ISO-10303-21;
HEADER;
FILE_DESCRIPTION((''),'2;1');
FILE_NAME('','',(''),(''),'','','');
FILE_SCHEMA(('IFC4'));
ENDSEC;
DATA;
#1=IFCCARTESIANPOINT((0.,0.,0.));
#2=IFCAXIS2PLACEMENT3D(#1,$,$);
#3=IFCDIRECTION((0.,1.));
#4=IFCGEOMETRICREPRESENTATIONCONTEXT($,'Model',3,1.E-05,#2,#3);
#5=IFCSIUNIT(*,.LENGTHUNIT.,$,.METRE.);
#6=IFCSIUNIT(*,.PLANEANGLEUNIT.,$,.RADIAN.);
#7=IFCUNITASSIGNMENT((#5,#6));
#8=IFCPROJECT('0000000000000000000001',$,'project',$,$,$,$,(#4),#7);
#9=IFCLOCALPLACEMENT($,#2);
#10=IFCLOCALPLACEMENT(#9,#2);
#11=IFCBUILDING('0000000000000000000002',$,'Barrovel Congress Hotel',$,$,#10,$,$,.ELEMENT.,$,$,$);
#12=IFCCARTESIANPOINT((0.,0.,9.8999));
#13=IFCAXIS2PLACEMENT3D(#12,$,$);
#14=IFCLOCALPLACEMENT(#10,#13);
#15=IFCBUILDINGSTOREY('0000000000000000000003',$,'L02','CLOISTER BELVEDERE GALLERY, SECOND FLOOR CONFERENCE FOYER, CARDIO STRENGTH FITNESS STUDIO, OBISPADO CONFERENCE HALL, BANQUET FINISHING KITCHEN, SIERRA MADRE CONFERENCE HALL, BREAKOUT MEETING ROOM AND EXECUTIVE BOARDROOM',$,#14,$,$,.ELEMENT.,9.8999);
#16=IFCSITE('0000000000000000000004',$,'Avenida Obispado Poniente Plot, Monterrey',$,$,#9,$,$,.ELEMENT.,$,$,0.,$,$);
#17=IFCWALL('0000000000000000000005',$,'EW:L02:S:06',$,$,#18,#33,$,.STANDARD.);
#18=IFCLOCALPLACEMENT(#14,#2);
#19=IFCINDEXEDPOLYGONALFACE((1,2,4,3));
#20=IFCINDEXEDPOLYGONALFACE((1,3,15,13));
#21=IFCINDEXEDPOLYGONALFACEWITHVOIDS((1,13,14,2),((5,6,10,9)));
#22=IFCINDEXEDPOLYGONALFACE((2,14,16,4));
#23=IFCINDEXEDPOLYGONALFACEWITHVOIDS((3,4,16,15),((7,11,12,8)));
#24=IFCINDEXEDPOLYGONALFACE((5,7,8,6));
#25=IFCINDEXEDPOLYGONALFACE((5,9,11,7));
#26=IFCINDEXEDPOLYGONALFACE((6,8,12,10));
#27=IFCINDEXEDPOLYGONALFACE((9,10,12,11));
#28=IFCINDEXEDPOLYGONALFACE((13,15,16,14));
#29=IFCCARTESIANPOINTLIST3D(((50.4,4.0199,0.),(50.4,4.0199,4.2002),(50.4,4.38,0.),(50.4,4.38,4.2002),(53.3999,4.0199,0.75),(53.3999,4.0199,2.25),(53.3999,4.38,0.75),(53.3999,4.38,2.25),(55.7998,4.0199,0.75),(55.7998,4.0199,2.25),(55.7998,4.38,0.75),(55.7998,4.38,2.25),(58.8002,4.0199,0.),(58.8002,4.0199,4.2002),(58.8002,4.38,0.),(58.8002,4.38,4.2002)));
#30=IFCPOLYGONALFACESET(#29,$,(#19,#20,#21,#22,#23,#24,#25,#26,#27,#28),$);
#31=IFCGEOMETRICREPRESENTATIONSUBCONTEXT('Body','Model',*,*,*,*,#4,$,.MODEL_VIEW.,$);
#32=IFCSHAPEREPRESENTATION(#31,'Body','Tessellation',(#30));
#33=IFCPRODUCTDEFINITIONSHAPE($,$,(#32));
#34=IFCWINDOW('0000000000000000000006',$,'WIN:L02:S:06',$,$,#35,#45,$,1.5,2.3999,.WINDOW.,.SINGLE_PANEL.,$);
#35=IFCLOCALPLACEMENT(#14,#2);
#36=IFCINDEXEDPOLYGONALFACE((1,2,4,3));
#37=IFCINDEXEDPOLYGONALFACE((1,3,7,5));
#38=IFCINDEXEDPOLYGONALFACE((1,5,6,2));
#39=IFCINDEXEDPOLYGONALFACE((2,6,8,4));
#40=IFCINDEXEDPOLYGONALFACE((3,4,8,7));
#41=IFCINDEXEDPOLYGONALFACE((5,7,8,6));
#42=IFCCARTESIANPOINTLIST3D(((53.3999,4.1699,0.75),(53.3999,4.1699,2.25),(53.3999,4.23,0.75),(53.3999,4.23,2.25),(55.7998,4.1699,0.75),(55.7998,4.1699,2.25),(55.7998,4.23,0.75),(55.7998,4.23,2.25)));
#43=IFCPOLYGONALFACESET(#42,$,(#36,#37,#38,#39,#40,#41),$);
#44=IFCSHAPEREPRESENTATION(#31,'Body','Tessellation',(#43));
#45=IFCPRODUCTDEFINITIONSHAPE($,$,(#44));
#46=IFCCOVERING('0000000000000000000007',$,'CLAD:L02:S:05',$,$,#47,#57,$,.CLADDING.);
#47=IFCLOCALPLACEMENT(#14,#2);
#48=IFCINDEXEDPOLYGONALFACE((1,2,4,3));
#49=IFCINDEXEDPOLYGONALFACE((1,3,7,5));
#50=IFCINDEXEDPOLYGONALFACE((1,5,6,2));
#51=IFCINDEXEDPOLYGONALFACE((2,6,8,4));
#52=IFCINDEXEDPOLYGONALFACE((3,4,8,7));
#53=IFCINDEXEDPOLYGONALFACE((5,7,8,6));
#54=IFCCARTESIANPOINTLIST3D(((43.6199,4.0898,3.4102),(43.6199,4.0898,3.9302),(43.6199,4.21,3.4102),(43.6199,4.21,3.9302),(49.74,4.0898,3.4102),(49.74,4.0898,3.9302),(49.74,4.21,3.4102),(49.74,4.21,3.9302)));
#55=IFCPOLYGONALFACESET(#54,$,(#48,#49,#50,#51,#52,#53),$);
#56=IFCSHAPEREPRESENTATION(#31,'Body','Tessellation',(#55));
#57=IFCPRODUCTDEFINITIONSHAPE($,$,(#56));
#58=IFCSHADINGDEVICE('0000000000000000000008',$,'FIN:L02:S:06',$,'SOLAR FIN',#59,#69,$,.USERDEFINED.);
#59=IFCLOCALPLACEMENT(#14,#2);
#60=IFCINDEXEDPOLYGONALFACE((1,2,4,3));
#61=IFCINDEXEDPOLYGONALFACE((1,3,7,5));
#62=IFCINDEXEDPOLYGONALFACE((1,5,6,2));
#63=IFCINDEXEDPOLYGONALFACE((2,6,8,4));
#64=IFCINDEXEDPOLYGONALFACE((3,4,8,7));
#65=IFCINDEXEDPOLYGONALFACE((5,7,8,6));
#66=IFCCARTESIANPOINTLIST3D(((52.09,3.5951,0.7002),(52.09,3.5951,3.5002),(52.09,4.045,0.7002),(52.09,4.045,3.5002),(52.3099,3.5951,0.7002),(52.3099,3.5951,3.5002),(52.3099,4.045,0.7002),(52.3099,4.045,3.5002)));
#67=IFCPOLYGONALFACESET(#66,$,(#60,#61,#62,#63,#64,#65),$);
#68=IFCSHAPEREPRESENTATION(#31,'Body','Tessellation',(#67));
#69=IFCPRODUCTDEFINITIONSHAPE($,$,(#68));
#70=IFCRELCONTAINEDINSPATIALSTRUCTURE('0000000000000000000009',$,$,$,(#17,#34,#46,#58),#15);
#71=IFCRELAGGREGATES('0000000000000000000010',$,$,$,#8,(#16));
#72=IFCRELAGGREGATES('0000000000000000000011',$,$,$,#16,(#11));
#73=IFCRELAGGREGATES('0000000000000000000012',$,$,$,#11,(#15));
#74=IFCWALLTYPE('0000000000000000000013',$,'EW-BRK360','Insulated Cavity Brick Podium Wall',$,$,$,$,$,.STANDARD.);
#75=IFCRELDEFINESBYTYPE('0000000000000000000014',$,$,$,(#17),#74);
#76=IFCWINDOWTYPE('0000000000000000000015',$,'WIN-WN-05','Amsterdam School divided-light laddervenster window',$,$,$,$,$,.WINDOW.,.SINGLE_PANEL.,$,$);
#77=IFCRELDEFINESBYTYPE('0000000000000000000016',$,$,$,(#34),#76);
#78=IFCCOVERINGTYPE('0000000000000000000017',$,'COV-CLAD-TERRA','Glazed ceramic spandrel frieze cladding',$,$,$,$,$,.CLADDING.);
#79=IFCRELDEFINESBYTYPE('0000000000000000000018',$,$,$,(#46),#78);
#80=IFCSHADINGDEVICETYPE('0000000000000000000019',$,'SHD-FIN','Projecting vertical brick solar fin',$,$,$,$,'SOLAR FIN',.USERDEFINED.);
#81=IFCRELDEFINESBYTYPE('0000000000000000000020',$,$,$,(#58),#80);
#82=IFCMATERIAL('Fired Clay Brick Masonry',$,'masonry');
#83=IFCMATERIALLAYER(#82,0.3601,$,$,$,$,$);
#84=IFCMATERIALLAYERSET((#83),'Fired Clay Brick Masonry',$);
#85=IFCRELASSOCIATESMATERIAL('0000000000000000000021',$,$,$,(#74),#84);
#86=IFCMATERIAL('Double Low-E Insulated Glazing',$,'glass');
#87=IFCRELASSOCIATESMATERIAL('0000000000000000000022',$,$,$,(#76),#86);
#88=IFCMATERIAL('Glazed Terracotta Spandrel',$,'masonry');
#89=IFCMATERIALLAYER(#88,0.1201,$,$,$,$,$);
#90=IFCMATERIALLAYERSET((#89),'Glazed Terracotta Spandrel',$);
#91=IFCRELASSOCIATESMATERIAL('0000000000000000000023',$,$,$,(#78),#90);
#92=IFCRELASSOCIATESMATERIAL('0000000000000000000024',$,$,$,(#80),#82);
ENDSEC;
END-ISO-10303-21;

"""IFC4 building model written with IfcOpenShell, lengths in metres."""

from ifc_helpers import new_model, si_unit, direction, frame, frame_2d, origin, origin_2d, place, context, subcontext, project, spatial, rectangle, extrude, material, layer, layer_set, type_object, element, fill, save


model = new_model("IFC4")

# Units and contexts
model_context = context("Model", 3, precision=1e-05, world=origin(), true_north=direction((0.0, 1.0)))
body_context = subcontext(model_context, "Body", "Model", "MODEL_VIEW")
ifc_project = project(units=[si_unit("LENGTHUNIT", "METRE"), si_unit("PLANEANGLEUNIT", "RADIAN")], contexts=[model_context])

# Site, building, storey
site_placement = place(None, origin())
site = spatial("IfcSite", under=ifc_project, at=site_placement, Name="Avenida Obispado Poniente Plot, Monterrey", CompositionType="ELEMENT", RefElevation=0.0)
building_placement = place(site_placement, origin())
building = spatial("IfcBuilding", under=site, at=building_placement, Name="Barrovel Congress Hotel", CompositionType="ELEMENT")
storey_placement = place(building_placement, frame((0.0, 0.0, 9.8999)))
storey = spatial("IfcBuildingStorey", under=building, at=storey_placement, Name="L02", Description="CLOISTER BELVEDERE GALLERY, SECOND FLOOR CONFERENCE FOYER, CARDIO STRENGTH FITNESS STUDIO, OBISPADO CONFERENCE HALL, BANQUET FINISHING KITCHEN, SIERRA MADRE CONFERENCE HALL, BREAKOUT MEETING ROOM AND EXECUTIVE BOARDROOM", CompositionType="ELEMENT", Elevation=9.8999)

# Shared definitions
ifc_material_1 = material(Name="Double Low-E Insulated Glazing", Category="glass")

# Shared definitions
ifc_material_2 = material(Name="Fired Clay Brick Masonry", Category="masonry")
ifc_layer_1 = layer(ifc_material_2, 0.3601)
ifc_layer_set_1 = layer_set([ifc_layer_1], Name="Fired Clay Brick Masonry")
wall_type = type_object("IfcWallType", Name="EW-BRK360", Description="Insulated Cavity Brick Podium Wall", PredefinedType="STANDARD", material=ifc_layer_set_1)

# Wall, opening, window
wall_1_placement = place(storey_placement, frame((50.3999, 4.2, 0.0), z_axis=(0.0, 0.0, 1.0), x_axis=(1.0, 0.0, 0.0)))
wall_1 = element("IfcWall", 1, at=wall_1_placement, inside=storey, type_object=wall_type, Name="EW:L02:S:06", PredefinedType="STANDARD", context=body_context, shape_type="SweptSolid", body=[
    extrude(rectangle(XDim=8.4001, YDim=0.3601, at=frame_2d((4.2002, 0.0))), origin(), (0.0, 0.0, 1.0), 4.2002),
])
opening_placement = place(wall_1_placement, frame((3.0, 0.0, 0.75)))
opening = element("IfcOpeningElement", 2, at=opening_placement, cuts=wall_1, PredefinedType="OPENING", context=body_context, shape_type="SweptSolid", body=[
    extrude(rectangle(XDim=2.3999, YDim=1.5, at=frame_2d((1.2, 0.75))), frame((0.0, 0.1899, 0.0), z_axis=(0.0, -1.0, 0.0), x_axis=(1.0, 0.0, 0.0)), (0.0, 0.0, 1.0), 0.3801),
])
window_type = type_object("IfcWindowType", Name="WIN-WN-05", Description="Amsterdam School divided-light laddervenster window", PartitioningType="SINGLE_PANEL", PredefinedType="WINDOW", material=ifc_material_1)
window_placement = place(opening_placement, origin())
window = element("IfcWindow", 3, at=window_placement, inside=storey, type_object=window_type, Name="WIN:L02:S:06", OverallHeight=1.5, OverallWidth=2.3999, PartitioningType="SINGLE_PANEL", PredefinedType="WINDOW", context=body_context, shape_type="SweptSolid", body=[
    extrude(rectangle(XDim=2.3999, YDim=1.5, at=frame_2d((1.2, 0.75))), frame((0.0, 0.03, 0.0), z_axis=(0.0, -1.0, 0.0), x_axis=(1.0, 0.0, 0.0)), (0.0, 0.0, 1.0), 0.0601),
])
fill(opening, window)

# Covering
ifc_material_3 = material(Name="Glazed Terracotta Spandrel", Category="masonry")
ifc_layer_2 = layer(ifc_material_3, 0.1201)
ifc_layer_set_2 = layer_set([ifc_layer_2], Name="Glazed Terracotta Spandrel")
covering_type = type_object("IfcCoveringType", Name="COV-CLAD-TERRA", Description="Glazed ceramic spandrel frieze cladding", PredefinedType="CLADDING", material=ifc_layer_set_2)
covering_placement = place(storey_placement, frame((46.6799, 4.1499, 3.4102), z_axis=(0.0, 0.0, 1.0), x_axis=(1.0, 0.0, 0.0)))
element("IfcCovering", 4, at=covering_placement, inside=storey, type_object=covering_type, Name="CLAD:L02:S:05", PredefinedType="CLADDING", context=body_context, shape_type="SweptSolid", body=[
    extrude(rectangle(XDim=6.1201, YDim=0.1201, at=origin_2d()), origin(), (0.0, 0.0, 1.0), 0.52),
])

# Shading device
shading_device_type = type_object("IfcShadingDeviceType", Name="SHD-FIN", Description="Projecting vertical brick solar fin", ElementType="SOLAR FIN", PredefinedType="USERDEFINED", material=ifc_material_2)
shading_device_placement = place(storey_placement, frame((52.2, 3.8201, 0.7002), z_axis=(0.0, 0.0, 1.0), x_axis=(1.0, 0.0, 0.0)))
element("IfcShadingDevice", 5, at=shading_device_placement, inside=storey, type_object=shading_device_type, Name="FIN:L02:S:06", ObjectType="SOLAR FIN", PredefinedType="USERDEFINED", context=body_context, shape_type="SweptSolid", body=[
    extrude(rectangle(XDim=0.22, YDim=0.45, at=origin_2d()), origin(), (0.0, 0.0, 1.0), 2.8),
])

save(model, "model.ifc")
